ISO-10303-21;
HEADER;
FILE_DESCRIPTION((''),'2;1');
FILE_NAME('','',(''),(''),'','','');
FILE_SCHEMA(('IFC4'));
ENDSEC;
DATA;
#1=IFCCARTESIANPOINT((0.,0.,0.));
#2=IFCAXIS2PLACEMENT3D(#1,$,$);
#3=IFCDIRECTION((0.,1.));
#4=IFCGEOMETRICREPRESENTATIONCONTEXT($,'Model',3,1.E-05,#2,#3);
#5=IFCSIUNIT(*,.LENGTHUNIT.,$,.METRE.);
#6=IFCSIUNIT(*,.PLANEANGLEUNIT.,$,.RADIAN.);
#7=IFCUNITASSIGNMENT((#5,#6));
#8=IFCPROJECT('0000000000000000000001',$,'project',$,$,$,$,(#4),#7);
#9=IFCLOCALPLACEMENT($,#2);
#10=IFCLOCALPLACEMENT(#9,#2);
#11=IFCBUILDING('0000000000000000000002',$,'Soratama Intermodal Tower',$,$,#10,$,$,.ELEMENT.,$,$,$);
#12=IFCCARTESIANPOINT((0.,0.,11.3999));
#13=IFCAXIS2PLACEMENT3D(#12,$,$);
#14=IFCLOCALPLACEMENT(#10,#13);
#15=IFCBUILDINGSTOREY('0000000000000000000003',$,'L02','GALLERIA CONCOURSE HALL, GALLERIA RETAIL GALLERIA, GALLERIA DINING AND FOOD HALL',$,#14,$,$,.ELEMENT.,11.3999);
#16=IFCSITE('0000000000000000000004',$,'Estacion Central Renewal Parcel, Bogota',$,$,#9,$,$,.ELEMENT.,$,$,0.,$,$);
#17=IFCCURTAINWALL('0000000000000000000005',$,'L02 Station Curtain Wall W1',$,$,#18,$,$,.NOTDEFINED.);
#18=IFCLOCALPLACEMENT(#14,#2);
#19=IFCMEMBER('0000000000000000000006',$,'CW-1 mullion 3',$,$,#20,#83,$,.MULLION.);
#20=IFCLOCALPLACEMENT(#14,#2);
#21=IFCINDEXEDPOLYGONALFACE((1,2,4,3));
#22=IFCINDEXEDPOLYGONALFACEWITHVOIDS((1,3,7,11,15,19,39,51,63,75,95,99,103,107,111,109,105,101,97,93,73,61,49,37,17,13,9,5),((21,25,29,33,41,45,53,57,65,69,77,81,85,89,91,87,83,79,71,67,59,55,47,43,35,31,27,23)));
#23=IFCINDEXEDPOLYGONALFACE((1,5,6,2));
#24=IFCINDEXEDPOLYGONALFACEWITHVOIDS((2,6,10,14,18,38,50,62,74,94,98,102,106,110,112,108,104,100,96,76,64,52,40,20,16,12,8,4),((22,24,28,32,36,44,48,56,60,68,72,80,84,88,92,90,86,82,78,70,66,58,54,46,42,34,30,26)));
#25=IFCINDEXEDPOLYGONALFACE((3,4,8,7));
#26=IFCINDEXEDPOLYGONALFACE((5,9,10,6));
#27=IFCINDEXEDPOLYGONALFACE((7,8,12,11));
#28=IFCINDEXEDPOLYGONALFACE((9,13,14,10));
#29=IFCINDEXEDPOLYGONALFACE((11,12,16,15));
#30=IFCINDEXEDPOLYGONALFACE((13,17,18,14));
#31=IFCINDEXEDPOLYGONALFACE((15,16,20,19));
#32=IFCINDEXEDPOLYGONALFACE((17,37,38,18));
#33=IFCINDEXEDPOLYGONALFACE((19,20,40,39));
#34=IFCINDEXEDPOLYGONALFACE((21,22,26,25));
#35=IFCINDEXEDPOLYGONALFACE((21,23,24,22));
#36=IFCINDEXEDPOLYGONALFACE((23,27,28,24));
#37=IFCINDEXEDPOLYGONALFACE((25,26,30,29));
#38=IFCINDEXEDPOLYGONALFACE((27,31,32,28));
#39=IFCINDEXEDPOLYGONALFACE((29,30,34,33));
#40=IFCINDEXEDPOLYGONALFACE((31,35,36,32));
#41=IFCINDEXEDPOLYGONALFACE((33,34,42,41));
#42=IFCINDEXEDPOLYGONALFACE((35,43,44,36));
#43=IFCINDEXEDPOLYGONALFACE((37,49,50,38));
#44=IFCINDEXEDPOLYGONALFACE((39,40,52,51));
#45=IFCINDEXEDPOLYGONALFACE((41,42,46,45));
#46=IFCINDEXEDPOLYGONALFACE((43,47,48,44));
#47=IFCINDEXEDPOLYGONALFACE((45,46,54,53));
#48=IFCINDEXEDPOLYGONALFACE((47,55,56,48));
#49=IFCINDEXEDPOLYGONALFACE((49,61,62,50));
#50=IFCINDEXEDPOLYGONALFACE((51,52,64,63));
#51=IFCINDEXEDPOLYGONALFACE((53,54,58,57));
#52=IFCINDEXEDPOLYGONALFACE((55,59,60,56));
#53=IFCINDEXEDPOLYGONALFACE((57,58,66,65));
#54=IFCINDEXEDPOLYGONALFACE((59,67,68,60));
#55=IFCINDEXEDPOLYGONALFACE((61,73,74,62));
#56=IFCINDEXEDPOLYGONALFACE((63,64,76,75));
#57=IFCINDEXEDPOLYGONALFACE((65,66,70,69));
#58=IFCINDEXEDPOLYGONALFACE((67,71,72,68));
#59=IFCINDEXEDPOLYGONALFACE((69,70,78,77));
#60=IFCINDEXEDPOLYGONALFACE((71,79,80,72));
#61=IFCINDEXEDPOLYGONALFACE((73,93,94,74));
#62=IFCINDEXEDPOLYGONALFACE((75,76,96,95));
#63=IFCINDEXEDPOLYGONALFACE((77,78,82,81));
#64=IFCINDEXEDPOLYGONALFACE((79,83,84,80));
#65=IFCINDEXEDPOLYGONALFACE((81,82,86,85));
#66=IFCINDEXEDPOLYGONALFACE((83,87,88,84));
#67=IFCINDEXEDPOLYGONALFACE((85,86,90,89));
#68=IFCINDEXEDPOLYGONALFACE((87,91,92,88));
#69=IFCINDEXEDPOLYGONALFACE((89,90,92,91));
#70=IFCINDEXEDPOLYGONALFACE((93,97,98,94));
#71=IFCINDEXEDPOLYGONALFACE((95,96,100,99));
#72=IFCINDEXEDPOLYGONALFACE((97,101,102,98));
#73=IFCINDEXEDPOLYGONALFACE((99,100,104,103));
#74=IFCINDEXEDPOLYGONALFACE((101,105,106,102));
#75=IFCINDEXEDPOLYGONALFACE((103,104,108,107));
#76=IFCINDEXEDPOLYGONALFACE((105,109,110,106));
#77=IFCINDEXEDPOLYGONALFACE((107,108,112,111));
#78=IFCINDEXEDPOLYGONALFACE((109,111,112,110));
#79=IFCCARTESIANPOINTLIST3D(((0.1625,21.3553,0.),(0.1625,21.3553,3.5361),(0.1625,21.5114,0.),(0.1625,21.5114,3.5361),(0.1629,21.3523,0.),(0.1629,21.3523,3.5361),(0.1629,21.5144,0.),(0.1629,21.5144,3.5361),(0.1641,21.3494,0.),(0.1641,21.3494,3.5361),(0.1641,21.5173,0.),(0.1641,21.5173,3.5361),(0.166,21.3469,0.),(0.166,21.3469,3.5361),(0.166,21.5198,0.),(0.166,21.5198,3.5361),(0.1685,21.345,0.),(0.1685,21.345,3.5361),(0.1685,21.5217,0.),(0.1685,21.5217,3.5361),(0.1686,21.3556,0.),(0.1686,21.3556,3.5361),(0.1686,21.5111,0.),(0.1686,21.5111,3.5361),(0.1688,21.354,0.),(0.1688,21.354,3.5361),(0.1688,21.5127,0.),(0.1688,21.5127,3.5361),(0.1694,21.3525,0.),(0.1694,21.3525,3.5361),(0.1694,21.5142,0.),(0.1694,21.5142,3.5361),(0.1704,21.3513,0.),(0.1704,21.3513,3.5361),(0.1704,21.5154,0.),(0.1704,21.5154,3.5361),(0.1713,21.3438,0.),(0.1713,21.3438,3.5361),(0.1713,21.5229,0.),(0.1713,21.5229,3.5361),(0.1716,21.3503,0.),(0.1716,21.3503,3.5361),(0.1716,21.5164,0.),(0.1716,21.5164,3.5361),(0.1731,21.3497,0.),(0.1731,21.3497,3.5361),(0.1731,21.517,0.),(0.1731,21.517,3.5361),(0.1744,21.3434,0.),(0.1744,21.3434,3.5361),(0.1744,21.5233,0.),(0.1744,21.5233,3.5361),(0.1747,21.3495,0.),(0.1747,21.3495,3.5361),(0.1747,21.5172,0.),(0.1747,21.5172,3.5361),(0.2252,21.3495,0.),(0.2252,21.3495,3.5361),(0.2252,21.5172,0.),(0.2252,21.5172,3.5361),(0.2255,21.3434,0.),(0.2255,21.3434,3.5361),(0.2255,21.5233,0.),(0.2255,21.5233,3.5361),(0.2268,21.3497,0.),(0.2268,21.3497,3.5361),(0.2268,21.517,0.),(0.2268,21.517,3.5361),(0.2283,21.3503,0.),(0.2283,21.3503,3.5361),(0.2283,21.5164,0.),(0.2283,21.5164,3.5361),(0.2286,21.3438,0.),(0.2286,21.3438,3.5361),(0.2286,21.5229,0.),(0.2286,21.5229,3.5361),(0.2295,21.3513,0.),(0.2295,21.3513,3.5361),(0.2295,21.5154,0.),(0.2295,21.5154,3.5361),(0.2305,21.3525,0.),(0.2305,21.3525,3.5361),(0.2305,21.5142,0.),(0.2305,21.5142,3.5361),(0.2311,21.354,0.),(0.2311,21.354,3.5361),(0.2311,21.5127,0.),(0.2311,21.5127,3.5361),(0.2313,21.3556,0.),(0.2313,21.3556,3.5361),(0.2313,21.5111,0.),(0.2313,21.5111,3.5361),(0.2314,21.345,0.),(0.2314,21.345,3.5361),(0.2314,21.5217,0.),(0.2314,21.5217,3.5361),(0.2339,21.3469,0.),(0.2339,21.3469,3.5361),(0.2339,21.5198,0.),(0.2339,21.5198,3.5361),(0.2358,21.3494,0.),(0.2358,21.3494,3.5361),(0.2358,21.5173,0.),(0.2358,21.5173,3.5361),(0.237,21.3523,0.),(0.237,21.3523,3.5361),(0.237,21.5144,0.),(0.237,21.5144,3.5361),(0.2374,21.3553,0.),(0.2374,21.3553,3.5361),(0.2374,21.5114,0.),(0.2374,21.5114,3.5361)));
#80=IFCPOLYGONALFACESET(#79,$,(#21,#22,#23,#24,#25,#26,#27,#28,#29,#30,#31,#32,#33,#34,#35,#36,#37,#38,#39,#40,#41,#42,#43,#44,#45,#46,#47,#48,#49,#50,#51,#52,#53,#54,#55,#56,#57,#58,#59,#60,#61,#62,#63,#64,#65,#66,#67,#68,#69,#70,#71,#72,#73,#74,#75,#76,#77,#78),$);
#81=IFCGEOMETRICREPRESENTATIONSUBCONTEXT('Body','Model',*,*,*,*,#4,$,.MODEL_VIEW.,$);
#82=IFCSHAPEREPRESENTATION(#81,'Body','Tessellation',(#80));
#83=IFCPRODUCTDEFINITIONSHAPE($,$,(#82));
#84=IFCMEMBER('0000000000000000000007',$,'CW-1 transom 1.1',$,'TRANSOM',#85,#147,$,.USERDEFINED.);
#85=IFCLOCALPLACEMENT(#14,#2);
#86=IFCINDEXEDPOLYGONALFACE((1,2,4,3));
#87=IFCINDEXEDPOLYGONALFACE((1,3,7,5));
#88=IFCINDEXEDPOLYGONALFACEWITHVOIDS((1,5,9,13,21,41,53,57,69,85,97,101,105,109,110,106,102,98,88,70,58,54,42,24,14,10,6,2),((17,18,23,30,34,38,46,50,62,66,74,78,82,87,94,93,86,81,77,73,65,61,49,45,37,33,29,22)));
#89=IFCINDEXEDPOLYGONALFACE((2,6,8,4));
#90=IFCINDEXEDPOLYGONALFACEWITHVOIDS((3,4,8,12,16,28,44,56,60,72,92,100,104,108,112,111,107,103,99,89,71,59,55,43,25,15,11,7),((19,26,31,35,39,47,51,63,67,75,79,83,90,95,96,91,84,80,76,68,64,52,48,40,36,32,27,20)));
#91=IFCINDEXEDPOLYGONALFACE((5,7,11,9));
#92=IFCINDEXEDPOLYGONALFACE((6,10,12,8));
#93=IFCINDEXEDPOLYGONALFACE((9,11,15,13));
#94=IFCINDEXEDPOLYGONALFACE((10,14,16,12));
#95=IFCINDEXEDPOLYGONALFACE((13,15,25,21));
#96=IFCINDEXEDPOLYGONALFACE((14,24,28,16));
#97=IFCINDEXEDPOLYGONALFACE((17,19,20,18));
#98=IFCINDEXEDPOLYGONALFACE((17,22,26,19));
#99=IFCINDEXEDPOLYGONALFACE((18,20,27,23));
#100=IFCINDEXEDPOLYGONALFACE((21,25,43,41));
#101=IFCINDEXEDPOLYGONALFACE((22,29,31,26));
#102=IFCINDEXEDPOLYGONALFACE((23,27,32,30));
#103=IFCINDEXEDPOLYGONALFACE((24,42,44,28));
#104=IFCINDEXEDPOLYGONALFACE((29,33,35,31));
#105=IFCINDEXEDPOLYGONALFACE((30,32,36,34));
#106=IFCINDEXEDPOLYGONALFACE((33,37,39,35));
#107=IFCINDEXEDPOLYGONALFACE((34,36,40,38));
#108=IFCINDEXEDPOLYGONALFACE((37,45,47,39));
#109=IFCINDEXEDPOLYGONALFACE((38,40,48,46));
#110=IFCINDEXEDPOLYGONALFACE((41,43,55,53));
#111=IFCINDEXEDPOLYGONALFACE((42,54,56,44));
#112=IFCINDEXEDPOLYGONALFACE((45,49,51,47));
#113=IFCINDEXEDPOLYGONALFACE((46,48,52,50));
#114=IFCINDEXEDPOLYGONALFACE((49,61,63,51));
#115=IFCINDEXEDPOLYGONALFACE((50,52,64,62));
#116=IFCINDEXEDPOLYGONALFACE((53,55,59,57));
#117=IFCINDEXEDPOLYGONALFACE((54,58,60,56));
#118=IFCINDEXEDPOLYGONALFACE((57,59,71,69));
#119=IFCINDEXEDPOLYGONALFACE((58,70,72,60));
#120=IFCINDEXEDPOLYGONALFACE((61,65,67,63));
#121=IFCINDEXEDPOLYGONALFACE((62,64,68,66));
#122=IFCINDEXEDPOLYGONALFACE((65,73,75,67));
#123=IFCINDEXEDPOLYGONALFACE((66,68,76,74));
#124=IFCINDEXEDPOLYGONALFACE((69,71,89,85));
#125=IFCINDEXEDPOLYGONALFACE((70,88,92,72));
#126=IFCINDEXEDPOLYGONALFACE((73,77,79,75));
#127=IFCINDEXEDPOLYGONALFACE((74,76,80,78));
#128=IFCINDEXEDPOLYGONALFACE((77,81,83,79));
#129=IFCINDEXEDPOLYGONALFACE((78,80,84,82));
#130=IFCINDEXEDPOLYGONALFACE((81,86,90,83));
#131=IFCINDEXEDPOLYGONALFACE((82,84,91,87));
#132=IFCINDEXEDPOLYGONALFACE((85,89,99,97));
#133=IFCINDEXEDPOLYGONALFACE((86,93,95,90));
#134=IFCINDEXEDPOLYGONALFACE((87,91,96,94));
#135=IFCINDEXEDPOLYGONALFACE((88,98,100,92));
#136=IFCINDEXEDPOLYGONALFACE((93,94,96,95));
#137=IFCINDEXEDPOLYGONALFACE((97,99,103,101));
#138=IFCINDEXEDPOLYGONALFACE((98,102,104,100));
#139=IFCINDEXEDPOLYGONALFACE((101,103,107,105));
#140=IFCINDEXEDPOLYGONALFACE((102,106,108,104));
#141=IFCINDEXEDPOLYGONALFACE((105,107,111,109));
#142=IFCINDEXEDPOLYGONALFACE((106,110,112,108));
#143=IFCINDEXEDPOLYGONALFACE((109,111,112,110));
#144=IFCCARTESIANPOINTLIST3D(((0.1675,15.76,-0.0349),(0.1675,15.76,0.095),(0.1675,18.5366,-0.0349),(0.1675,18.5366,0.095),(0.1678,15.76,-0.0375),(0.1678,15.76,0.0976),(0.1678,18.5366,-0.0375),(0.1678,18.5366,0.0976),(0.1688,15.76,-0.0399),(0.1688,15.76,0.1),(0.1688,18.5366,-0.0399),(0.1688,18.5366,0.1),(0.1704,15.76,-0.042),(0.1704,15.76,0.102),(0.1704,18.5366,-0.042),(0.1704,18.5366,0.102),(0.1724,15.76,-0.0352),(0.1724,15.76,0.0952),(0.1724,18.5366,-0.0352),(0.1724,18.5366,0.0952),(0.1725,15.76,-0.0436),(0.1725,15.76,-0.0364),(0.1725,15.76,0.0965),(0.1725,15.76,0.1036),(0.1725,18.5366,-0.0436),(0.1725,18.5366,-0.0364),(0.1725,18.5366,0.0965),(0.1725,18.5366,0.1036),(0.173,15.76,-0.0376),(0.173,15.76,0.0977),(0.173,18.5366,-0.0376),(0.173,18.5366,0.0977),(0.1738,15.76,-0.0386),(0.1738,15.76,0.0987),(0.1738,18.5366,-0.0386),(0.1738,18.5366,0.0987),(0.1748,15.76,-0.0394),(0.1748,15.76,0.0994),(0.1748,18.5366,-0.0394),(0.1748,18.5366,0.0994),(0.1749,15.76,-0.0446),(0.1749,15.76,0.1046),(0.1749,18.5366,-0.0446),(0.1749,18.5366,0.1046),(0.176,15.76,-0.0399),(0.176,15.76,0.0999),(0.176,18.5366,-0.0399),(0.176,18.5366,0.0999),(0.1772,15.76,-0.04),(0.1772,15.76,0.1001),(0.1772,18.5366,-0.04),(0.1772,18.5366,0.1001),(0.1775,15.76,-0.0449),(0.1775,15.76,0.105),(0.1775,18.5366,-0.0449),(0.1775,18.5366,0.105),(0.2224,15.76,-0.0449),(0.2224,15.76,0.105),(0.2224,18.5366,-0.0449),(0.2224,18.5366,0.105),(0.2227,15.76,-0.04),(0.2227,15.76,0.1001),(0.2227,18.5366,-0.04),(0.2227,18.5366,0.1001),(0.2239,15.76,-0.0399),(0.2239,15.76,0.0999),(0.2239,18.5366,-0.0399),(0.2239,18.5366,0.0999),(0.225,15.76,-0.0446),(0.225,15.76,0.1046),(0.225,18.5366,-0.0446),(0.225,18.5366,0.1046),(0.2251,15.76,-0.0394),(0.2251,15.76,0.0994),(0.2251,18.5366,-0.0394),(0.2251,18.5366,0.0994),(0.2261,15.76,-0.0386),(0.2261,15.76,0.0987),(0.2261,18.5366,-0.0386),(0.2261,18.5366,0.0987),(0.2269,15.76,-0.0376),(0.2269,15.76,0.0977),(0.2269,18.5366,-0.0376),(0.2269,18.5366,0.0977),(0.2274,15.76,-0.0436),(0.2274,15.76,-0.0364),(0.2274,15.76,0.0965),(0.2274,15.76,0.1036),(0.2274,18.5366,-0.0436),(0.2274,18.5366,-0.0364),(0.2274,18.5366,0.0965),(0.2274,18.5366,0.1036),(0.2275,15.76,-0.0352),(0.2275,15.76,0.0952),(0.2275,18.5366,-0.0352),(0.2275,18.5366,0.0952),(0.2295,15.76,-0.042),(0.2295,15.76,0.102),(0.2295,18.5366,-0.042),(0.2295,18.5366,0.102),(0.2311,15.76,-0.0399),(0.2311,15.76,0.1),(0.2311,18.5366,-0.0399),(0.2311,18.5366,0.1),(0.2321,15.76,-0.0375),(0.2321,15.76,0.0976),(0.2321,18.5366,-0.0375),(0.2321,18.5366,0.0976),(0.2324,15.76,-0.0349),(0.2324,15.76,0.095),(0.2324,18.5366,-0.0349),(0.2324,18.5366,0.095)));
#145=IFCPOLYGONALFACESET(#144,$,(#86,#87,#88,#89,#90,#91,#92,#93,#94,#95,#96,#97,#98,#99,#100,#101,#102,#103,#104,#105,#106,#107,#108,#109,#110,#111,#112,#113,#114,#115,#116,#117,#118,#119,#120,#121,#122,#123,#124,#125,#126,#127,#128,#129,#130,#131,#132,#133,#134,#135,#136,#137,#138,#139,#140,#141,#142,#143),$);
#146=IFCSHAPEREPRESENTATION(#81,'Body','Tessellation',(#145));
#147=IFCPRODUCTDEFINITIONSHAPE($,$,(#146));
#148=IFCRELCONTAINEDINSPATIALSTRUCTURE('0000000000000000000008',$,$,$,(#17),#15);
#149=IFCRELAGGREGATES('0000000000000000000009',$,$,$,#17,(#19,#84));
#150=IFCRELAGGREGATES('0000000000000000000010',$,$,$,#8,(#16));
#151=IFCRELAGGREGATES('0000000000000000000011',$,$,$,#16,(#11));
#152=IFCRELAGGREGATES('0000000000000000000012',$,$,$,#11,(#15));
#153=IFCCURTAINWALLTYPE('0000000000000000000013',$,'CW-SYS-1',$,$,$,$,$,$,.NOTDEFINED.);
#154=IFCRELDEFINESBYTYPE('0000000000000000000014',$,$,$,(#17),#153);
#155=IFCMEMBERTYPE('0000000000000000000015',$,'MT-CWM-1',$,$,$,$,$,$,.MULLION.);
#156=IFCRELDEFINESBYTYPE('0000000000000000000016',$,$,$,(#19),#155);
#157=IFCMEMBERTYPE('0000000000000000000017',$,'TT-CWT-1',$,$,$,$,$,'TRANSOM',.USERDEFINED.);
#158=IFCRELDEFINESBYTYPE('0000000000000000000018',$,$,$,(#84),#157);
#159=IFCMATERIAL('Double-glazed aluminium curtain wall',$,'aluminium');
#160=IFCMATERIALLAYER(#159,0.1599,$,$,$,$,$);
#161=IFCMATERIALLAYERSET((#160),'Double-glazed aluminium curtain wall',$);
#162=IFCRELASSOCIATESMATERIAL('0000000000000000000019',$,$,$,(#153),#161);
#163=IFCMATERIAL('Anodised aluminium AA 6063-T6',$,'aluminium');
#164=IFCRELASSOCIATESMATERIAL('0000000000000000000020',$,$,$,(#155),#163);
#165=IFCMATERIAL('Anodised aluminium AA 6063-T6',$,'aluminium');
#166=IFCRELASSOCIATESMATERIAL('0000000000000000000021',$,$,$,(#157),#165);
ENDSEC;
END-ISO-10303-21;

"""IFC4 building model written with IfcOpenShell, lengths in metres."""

from ifc_helpers import new_model, si_unit, direction, frame, origin, origin_2d, place, context, subcontext, project, spatial, hollow_rectangle, extrude, material, layer, layer_set, material_profile, profile_set, type_object, element, aggregate, save


model = new_model("IFC4")

# Units and contexts
model_context = context("Model", 3, precision=1e-05, world=origin(), true_north=direction((0.0, 1.0)))
body_context = subcontext(model_context, "Body", "Model", "MODEL_VIEW")
ifc_project = project(units=[si_unit("LENGTHUNIT", "METRE"), si_unit("PLANEANGLEUNIT", "RADIAN")], contexts=[model_context])

# Site, building, storey
site_placement = place(None, origin())
site = spatial("IfcSite", under=ifc_project, at=site_placement, Name="Estacion Central Renewal Parcel, Bogota", CompositionType="ELEMENT", RefElevation=0.0)
building_placement = place(site_placement, origin())
building = spatial("IfcBuilding", under=site, at=building_placement, Name="Soratama Intermodal Tower", CompositionType="ELEMENT")
storey_placement = place(building_placement, frame((0.0, 0.0, 11.3999)))
storey = spatial("IfcBuildingStorey", under=building, at=storey_placement, Name="L02", Description="GALLERIA CONCOURSE HALL, GALLERIA RETAIL GALLERIA, GALLERIA DINING AND FOOD HALL", CompositionType="ELEMENT", Elevation=11.3999)

# Curtain wall, members
ifc_material_1 = material(Name="Double-glazed aluminium curtain wall", Category="aluminium")
ifc_layer_1 = layer(ifc_material_1, 0.1599)
ifc_layer_set_1 = layer_set([ifc_layer_1], Name="Double-glazed aluminium curtain wall")
curtain_wall_type = type_object("IfcCurtainWallType", Name="CW-SYS-1", PredefinedType="NOTDEFINED", material=ifc_layer_set_1)
curtain_wall_placement = place(storey_placement, origin())
curtain_wall = element("IfcCurtainWall", 1, at=curtain_wall_placement, inside=storey, type_object=curtain_wall_type, Name="L02 Station Curtain Wall W1", PredefinedType="NOTDEFINED")
ifc_material_2 = material(Name="Anodised aluminium AA 6063-T6", Category="aluminium")
ifc_material_profile_1 = material_profile(ifc_material_2, hollow_rectangle(XDim=0.075, YDim=0.1799, WallThickness=0.0061, InnerFilletRadius=0.0061, OuterFilletRadius=0.012, at=origin_2d()), Name="CWM180X75X6")
ifc_profile_set_1 = profile_set([ifc_material_profile_1], Name="Anodised aluminium AA 6063-T6")
member_type_1 = type_object("IfcMemberType", Name="MT-CWM-1", PredefinedType="MULLION", material=ifc_profile_set_1)
member_1_placement = place(storey_placement, frame((0.2, 21.4333, 0.0), z_axis=(0.0, 0.0, 1.0), x_axis=(-1.0, 0.0, 0.0)))
member_1 = element("IfcMember", 2, at=member_1_placement, type_object=member_type_1, Name="CW-1 mullion 3", PredefinedType="MULLION", context=body_context, shape_type="SweptSolid", body=[
    extrude(hollow_rectangle(XDim=0.075, YDim=0.1799, WallThickness=0.0061, InnerFilletRadius=0.0061, OuterFilletRadius=0.012, at=origin_2d()), origin(), (0.0, 0.0, 1.0), 3.5361),
])
ifc_material_3 = material(Name="Anodised aluminium AA 6063-T6", Category="aluminium")
ifc_material_profile_2 = material_profile(ifc_material_3, hollow_rectangle(XDim=0.0649, YDim=0.1499, WallThickness=0.0049, InnerFilletRadius=0.0049, OuterFilletRadius=0.01, at=origin_2d()), Name="CWT150X65X5")
ifc_profile_set_2 = profile_set([ifc_material_profile_2], Name="Anodised aluminium AA 6063-T6")
member_type_2 = type_object("IfcMemberType", Name="TT-CWT-1", ElementType="TRANSOM", PredefinedType="USERDEFINED", material=ifc_profile_set_2)
member_2_placement = place(storey_placement, frame((0.2, 15.76, 0.03), z_axis=(0.0, 1.0, 0.0), x_axis=(-1.0, 0.0, 0.0)))
member_2 = element("IfcMember", 3, at=member_2_placement, type_object=member_type_2, Name="CW-1 transom 1.1", ObjectType="TRANSOM", PredefinedType="USERDEFINED", context=body_context, shape_type="SweptSolid", body=[
    extrude(hollow_rectangle(XDim=0.0649, YDim=0.1499, WallThickness=0.0049, InnerFilletRadius=0.0049, OuterFilletRadius=0.01, at=origin_2d()), origin(), (0.0, 0.0, 1.0), 2.7766),
])
aggregate(curtain_wall, [member_1, member_2])

save(model, "model.ifc")
